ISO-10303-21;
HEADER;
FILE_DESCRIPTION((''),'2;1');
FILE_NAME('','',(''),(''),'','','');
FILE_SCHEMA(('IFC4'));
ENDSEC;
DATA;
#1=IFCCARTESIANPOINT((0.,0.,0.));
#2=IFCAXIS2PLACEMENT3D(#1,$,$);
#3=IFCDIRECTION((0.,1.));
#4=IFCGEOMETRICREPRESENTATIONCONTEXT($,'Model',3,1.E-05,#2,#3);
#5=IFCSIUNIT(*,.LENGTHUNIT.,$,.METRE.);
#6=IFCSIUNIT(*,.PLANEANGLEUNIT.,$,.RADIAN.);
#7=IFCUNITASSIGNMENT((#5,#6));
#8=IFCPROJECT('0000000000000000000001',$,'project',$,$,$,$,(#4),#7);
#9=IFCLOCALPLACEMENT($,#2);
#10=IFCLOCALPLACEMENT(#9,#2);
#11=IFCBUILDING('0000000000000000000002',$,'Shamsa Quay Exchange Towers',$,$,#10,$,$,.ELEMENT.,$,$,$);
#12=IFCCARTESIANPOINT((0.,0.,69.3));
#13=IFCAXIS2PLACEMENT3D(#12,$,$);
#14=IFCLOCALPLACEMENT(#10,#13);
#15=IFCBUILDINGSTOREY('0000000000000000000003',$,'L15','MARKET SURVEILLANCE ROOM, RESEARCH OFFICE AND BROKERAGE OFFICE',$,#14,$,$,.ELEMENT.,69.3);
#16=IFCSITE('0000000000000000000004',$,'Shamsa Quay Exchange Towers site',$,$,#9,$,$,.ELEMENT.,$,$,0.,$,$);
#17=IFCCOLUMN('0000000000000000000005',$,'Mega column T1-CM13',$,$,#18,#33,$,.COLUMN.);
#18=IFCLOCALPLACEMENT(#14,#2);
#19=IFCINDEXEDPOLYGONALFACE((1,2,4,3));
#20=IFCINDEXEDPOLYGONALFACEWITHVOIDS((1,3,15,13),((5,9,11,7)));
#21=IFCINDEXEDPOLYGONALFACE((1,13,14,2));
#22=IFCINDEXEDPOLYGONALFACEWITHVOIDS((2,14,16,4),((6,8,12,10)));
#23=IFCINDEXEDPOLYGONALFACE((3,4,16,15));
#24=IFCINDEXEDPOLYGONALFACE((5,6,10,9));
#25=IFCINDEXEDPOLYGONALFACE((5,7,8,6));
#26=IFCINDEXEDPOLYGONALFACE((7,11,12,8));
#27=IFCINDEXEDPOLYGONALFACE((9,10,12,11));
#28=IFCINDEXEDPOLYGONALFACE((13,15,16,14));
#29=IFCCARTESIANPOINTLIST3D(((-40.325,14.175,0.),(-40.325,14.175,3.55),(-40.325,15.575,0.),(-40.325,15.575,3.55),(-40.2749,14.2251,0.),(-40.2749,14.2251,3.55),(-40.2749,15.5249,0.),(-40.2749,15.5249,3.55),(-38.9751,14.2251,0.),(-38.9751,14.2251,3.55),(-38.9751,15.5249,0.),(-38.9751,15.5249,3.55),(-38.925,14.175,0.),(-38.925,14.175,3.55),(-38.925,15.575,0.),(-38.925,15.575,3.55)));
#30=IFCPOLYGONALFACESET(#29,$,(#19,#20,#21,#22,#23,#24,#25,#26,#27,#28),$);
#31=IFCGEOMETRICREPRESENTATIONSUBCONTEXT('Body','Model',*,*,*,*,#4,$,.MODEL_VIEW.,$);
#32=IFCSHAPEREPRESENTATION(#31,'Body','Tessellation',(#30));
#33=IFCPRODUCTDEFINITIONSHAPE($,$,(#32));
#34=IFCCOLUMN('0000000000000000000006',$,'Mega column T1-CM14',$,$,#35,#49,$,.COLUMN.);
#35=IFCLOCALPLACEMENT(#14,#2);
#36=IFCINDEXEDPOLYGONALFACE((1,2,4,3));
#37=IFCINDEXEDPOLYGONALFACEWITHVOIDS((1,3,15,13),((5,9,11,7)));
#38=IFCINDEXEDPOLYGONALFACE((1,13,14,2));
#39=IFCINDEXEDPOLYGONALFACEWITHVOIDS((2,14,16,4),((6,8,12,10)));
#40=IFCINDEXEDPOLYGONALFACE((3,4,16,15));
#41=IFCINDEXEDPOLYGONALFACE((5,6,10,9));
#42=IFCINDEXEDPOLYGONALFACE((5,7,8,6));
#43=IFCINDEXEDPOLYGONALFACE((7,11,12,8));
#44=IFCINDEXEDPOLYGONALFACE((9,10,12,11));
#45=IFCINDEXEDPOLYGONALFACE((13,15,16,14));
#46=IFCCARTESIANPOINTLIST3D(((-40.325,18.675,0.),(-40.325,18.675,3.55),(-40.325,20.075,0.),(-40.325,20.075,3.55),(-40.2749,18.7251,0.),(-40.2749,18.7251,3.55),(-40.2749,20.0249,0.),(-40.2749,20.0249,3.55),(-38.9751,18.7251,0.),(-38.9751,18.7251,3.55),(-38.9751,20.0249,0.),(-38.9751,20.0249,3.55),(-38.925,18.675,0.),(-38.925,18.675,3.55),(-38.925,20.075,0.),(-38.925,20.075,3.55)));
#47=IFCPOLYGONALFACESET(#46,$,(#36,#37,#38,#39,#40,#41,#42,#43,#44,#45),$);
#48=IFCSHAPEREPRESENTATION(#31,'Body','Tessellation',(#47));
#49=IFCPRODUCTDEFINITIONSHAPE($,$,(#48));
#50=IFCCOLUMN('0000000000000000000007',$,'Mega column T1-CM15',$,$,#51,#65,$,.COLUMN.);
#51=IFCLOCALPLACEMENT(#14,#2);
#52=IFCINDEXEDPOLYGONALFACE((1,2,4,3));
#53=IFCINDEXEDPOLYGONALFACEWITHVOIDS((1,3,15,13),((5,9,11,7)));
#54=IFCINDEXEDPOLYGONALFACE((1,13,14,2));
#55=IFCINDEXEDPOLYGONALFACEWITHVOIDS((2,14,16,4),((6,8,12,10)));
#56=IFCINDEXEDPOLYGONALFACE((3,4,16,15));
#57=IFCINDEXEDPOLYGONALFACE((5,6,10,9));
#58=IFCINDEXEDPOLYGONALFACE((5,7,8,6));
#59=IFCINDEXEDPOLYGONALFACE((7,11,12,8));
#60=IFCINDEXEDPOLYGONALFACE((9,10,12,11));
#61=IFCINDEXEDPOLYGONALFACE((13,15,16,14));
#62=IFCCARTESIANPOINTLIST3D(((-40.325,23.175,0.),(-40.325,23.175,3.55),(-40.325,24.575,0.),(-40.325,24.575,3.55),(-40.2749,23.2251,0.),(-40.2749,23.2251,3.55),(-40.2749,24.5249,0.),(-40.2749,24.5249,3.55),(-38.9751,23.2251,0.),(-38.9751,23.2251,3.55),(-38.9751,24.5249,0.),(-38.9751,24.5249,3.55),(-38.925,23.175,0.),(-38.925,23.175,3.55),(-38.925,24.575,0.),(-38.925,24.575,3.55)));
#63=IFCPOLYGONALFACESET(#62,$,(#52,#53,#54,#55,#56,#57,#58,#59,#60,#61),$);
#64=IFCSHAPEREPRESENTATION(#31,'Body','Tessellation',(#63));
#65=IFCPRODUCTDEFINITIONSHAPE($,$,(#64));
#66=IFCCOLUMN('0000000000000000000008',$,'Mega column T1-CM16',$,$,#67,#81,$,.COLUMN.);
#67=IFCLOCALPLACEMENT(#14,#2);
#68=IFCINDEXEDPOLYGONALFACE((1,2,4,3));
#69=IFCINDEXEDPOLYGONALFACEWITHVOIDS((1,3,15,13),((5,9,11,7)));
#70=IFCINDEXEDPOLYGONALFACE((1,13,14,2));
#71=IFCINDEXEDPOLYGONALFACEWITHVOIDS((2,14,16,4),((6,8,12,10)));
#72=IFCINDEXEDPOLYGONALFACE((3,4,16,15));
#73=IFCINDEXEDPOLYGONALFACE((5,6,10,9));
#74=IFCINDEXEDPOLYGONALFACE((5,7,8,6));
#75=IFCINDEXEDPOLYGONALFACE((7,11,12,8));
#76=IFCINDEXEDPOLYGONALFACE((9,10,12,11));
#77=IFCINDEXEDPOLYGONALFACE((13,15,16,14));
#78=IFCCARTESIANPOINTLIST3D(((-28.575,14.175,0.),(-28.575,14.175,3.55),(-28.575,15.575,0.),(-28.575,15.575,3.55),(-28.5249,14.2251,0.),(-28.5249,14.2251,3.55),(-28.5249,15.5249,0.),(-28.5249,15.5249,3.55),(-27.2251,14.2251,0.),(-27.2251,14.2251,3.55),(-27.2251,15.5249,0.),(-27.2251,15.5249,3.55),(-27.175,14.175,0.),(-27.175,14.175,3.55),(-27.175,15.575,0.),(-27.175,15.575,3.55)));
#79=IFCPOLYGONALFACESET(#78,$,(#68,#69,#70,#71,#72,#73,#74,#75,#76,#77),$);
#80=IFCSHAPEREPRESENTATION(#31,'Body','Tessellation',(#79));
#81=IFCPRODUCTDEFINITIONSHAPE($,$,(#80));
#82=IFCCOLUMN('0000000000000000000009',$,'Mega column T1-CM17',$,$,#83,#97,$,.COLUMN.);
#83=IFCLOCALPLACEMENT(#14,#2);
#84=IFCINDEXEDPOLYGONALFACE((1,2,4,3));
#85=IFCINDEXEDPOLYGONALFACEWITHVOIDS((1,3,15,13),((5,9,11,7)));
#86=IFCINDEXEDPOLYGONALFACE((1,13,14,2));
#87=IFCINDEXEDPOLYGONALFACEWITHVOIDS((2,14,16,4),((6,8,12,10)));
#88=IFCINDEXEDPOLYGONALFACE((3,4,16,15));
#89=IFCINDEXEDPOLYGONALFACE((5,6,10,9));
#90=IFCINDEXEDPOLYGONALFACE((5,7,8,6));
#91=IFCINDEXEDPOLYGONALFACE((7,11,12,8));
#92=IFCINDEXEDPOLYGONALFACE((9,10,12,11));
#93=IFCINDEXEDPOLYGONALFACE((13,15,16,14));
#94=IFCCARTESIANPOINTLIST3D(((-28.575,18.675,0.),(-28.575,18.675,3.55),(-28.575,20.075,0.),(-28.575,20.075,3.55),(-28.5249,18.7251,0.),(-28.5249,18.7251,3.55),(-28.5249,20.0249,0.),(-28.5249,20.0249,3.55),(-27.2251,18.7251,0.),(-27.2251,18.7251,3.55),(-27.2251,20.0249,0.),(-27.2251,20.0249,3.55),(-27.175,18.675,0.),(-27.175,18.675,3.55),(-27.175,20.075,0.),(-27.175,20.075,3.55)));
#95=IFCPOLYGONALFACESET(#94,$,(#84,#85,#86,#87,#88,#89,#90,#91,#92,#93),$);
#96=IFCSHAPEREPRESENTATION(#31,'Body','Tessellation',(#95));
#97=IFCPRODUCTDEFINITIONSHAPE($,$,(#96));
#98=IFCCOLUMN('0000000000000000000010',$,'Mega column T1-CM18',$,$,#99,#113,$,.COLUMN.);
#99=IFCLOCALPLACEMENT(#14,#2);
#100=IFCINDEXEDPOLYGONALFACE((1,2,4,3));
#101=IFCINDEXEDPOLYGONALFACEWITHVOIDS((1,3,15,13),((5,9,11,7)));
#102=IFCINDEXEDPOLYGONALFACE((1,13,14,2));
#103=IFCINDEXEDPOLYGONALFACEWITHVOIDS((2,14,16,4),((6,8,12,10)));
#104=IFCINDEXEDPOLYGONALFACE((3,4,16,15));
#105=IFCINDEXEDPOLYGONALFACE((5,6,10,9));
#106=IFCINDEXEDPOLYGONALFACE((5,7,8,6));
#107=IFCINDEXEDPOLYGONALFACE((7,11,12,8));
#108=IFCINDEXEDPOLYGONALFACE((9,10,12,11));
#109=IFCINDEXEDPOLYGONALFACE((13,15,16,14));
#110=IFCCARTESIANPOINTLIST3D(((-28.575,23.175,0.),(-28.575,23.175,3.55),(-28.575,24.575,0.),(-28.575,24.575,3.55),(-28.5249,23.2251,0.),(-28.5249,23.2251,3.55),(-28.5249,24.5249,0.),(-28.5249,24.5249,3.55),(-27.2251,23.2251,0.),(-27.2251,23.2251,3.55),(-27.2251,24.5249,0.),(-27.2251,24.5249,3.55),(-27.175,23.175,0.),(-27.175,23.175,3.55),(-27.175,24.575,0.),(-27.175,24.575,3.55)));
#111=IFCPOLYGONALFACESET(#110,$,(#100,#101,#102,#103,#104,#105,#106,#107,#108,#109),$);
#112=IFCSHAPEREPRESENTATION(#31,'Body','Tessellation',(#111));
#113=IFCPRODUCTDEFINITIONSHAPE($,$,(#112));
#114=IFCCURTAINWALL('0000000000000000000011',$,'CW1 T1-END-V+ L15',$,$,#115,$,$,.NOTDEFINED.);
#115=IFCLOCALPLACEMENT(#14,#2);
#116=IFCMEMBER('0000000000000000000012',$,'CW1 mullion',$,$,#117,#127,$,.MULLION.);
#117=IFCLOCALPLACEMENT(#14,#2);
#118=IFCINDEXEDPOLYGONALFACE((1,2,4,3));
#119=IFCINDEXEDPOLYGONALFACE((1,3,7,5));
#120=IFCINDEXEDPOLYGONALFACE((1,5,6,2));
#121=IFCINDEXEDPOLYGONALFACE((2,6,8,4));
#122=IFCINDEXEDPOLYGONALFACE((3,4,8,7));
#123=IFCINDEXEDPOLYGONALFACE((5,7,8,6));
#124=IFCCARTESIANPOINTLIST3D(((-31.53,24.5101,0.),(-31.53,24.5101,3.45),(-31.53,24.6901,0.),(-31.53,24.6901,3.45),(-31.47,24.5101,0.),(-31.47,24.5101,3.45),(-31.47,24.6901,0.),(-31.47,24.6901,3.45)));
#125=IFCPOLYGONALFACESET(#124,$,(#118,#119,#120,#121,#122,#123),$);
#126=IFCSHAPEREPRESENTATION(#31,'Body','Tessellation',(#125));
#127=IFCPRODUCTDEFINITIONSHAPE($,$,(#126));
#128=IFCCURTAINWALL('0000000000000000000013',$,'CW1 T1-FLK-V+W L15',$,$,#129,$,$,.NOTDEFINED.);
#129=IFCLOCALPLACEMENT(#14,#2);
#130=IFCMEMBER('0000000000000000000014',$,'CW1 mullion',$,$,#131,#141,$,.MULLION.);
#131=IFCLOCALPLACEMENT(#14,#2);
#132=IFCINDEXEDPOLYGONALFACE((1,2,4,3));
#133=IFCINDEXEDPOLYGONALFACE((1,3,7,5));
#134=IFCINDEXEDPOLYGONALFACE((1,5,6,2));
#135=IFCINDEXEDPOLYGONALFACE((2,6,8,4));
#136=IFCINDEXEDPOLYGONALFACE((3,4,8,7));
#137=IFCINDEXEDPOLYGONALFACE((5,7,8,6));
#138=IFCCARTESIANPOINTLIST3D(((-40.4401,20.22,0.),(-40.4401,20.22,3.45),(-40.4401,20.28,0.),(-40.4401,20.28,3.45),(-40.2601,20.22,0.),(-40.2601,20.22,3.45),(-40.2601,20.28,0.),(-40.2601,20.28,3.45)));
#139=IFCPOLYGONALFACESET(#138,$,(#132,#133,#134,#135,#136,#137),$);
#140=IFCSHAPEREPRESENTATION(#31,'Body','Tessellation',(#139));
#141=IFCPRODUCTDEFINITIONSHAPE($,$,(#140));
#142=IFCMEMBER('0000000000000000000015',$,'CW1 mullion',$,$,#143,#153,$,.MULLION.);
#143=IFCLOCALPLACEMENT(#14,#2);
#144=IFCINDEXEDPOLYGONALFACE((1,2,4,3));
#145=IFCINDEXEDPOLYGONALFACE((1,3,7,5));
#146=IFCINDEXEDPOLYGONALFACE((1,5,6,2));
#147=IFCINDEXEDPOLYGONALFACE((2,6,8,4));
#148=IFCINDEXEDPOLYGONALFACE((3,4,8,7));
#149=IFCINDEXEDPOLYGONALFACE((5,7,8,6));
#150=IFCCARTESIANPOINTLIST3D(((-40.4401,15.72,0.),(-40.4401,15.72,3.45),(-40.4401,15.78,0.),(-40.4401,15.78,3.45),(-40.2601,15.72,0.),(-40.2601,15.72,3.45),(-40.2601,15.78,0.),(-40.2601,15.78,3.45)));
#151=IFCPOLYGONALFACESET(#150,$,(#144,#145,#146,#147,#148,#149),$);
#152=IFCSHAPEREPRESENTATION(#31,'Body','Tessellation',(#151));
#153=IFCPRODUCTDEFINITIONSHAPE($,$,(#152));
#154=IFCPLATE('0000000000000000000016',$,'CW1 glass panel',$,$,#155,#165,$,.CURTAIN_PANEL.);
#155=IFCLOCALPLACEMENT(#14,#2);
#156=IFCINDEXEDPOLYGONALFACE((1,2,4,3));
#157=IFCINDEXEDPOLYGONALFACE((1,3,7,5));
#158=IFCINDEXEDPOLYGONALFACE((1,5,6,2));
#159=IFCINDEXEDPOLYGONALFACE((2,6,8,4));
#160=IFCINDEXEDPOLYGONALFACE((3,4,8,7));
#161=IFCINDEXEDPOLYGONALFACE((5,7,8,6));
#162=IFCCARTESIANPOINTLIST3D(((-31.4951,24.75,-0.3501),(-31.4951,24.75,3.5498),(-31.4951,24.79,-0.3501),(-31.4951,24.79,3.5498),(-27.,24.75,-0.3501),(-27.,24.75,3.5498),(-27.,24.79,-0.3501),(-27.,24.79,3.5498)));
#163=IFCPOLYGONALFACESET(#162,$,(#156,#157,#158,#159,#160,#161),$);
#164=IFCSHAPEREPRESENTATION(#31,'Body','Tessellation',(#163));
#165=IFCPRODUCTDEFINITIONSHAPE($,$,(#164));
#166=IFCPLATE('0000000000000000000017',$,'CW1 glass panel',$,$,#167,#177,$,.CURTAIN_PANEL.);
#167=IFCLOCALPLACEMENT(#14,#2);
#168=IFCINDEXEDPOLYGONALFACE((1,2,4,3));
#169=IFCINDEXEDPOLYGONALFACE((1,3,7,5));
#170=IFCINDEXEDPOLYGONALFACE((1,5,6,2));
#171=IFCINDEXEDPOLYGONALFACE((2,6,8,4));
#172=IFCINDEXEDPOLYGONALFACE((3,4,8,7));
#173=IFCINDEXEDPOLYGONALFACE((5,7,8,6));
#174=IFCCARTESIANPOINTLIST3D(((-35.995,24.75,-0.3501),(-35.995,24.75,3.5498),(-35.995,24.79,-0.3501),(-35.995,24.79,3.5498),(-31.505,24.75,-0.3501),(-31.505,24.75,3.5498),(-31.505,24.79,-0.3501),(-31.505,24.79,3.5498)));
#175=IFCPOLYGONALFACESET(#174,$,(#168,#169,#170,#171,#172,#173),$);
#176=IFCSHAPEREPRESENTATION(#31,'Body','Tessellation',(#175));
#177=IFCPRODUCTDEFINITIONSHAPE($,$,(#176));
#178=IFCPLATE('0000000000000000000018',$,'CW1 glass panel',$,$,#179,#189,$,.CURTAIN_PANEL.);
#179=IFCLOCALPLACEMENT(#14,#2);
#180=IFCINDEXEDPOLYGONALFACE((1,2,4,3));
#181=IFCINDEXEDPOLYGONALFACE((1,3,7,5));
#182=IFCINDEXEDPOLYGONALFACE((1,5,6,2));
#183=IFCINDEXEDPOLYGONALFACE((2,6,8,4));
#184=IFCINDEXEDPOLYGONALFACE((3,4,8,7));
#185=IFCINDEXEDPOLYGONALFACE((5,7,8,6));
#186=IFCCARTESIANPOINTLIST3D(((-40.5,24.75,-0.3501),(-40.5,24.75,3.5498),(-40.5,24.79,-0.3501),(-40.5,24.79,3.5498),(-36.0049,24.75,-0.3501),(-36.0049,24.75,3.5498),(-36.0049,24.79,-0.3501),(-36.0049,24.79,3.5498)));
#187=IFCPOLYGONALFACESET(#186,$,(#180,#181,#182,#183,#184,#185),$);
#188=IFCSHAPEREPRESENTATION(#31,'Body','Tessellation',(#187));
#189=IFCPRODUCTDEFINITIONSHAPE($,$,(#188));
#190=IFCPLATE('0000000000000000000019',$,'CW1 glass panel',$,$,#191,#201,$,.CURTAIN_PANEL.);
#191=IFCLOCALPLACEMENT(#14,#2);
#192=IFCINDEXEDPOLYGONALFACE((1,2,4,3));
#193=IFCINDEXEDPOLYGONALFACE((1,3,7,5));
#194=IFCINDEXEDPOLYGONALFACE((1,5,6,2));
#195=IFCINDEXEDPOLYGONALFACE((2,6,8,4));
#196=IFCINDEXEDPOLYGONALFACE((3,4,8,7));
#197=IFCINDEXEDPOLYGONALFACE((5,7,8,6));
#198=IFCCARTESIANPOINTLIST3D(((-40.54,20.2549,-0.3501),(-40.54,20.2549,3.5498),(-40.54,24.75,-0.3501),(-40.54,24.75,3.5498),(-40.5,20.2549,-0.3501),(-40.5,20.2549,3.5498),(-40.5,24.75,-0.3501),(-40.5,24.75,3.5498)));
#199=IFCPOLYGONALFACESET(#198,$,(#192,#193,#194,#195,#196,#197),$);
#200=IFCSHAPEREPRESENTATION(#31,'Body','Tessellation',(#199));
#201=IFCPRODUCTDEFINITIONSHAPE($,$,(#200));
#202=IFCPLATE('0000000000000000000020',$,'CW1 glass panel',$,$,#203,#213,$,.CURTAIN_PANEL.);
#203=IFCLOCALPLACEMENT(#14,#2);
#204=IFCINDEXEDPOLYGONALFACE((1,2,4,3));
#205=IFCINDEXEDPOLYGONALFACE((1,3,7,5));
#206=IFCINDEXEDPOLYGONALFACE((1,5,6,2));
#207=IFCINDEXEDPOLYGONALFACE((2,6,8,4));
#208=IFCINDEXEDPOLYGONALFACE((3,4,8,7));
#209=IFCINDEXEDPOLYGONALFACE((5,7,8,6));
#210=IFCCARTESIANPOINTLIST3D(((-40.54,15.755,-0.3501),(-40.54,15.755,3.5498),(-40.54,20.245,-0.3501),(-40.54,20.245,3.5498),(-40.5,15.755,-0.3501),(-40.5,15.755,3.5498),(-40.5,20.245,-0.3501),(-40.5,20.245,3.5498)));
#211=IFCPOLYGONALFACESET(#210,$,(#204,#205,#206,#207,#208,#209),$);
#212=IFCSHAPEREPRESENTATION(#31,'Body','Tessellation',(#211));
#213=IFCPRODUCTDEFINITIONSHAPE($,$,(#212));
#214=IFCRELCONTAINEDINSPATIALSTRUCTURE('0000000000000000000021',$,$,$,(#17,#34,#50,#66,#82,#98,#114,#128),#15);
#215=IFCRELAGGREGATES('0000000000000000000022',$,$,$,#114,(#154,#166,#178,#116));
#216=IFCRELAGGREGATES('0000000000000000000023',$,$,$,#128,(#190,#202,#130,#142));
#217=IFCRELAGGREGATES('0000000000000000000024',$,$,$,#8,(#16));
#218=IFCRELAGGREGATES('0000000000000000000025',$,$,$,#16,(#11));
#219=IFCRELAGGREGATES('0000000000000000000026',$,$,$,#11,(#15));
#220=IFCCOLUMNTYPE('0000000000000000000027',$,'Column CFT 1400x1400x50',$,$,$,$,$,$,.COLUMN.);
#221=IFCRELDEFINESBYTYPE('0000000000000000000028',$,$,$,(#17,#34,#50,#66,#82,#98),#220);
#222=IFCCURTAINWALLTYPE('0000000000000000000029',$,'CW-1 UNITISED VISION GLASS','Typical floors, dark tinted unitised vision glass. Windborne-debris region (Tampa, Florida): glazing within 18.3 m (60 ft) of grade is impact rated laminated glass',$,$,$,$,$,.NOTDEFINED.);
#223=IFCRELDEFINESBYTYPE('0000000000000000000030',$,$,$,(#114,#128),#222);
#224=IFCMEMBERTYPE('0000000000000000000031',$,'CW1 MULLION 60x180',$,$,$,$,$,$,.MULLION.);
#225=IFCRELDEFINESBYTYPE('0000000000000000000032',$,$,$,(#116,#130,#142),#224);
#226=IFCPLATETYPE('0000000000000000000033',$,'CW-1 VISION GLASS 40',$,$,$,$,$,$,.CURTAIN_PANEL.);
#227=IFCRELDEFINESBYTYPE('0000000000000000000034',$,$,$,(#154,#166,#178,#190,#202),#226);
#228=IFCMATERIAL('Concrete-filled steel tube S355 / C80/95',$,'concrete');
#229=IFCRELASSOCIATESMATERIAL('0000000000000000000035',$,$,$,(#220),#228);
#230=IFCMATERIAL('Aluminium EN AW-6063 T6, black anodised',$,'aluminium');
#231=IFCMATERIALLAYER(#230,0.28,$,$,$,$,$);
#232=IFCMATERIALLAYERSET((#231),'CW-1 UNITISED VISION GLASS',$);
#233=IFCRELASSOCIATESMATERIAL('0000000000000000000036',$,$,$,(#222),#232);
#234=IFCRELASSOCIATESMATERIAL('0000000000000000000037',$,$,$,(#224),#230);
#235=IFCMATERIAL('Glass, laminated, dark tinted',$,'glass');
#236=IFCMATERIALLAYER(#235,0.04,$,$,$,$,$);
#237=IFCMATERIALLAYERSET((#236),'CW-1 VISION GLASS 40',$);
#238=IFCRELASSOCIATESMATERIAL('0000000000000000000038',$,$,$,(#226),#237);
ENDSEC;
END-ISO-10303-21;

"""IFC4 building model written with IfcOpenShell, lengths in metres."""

from ifc_helpers import new_model, si_unit, direction, frame, origin, origin_2d, place, context, subcontext, project, spatial, rectangle, hollow_rectangle, extrude, material, layer, layer_set, material_profile, profile_set, type_object, element, aggregate, save


model = new_model("IFC4")

# Units and contexts
model_context = context("Model", 3, precision=1e-05, world=origin(), true_north=direction((0.0, 1.0)))
body_context = subcontext(model_context, "Body", "Model", "MODEL_VIEW")
ifc_project = project(units=[si_unit("LENGTHUNIT", "METRE"), si_unit("PLANEANGLEUNIT", "RADIAN")], contexts=[model_context])

# Site, building, storey
site_placement = place(None, origin())
site = spatial("IfcSite", under=ifc_project, at=site_placement, Name="Shamsa Quay Exchange Towers site", CompositionType="ELEMENT", RefElevation=0.0)
building_placement = place(site_placement, origin())
building = spatial("IfcBuilding", under=site, at=building_placement, Name="Shamsa Quay Exchange Towers", CompositionType="ELEMENT")
storey_placement = place(building_placement, frame((0.0, 0.0, 69.3)))
storey = spatial("IfcBuildingStorey", under=building, at=storey_placement, Name="L15", Description="MARKET SURVEILLANCE ROOM, RESEARCH OFFICE AND BROKERAGE OFFICE", CompositionType="ELEMENT", Elevation=69.3)

# Columns
ifc_material_1 = material(Name="Concrete-filled steel tube S355 / C80/95", Category="concrete")
ifc_material_profile_1 = material_profile(ifc_material_1, hollow_rectangle(XDim=1.3999, YDim=1.3999, WallThickness=0.05, at=origin_2d()), Name="CFT 1400x1400x50")
ifc_profile_set_1 = profile_set([ifc_material_profile_1], Name="Concrete-filled steel tube S355 / C80/95")
column_type = type_object("IfcColumnType", Name="Column CFT 1400x1400x50", PredefinedType="COLUMN", material=ifc_profile_set_1)
for number, where, name in (
    (1, (-39.625, 14.875, 0.0), "Mega column T1-CM13"),
    (2, (-39.625, 19.375, 0.0), "Mega column T1-CM14"),
    (3, (-39.625, 23.875, 0.0), "Mega column T1-CM15"),
    (4, (-27.875, 14.875, 0.0), "Mega column T1-CM16"),
    (5, (-27.875, 19.375, 0.0), "Mega column T1-CM17"),
    (6, (-27.875, 23.875, 0.0), "Mega column T1-CM18"),
):
    element("IfcColumn", number, at=place(storey_placement, frame(where)), inside=storey, type_object=column_type, Name=name, PredefinedType="COLUMN", context=body_context, shape_type="SweptSolid", body=[
        extrude(hollow_rectangle(XDim=1.3999, YDim=1.3999, WallThickness=0.05, at=origin_2d()), origin(), (0.0, 0.0, 1.0), 3.55),
    ])

# Curtain wall, member
ifc_material_2 = material(Name="Aluminium EN AW-6063 T6, black anodised", Category="aluminium")
ifc_layer_1 = layer(ifc_material_2, 0.28)
ifc_layer_set_1 = layer_set([ifc_layer_1], Name="CW-1 UNITISED VISION GLASS")
curtain_wall_type = type_object("IfcCurtainWallType", Name="CW-1 UNITISED VISION GLASS", Description="Typical floors, dark tinted unitised vision glass. Windborne-debris region (Tampa, Florida): glazing within 18.3 m (60 ft) of grade is impact rated laminated glass", PredefinedType="NOTDEFINED", material=ifc_layer_set_1)
curtain_wall_1_placement = place(storey_placement, origin())
curtain_wall_1 = element("IfcCurtainWall", 7, at=curtain_wall_1_placement, inside=storey, type_object=curtain_wall_type, Name="CW1 T1-END-V+ L15", PredefinedType="NOTDEFINED")
ifc_material_profile_2 = material_profile(ifc_material_2, rectangle(XDim=0.1799, YDim=0.0601, at=origin_2d()), Name="MU60x180")
ifc_profile_set_2 = profile_set([ifc_material_profile_2], Name="Aluminium EN AW-6063 T6, black anodised")
member_type = type_object("IfcMemberType", Name="CW1 MULLION 60x180", PredefinedType="MULLION", material=ifc_profile_set_2)
member_1_placement = place(storey_placement, frame((-31.5, 24.6001, 0.0), z_axis=(0.0, 0.0, 1.0), x_axis=(0.0, -1.0, 0.0)))
member_1 = element("IfcMember", 8, at=member_1_placement, type_object=member_type, Name="CW1 mullion", PredefinedType="MULLION", context=body_context, shape_type="SweptSolid", body=[
    extrude(rectangle(XDim=0.1799, YDim=0.0601, at=origin_2d()), origin(), (0.0, 0.0, 1.0), 3.45),
])

# Curtain wall, members
curtain_wall_2_placement = place(storey_placement, origin())
curtain_wall_2 = element("IfcCurtainWall", 9, at=curtain_wall_2_placement, inside=storey, type_object=curtain_wall_type, Name="CW1 T1-FLK-V+W L15", PredefinedType="NOTDEFINED")
member_2_placement = place(storey_placement, frame((-40.3501, 20.25, 0.0)))
member_2 = element("IfcMember", 10, at=member_2_placement, type_object=member_type, Name="CW1 mullion", PredefinedType="MULLION", context=body_context, shape_type="SweptSolid", body=[
    extrude(rectangle(XDim=0.1799, YDim=0.0601, at=origin_2d()), origin(), (0.0, 0.0, 1.0), 3.45),
])
member_3_placement = place(storey_placement, frame((-40.3501, 15.75, 0.0)))
member_3 = element("IfcMember", 11, at=member_3_placement, type_object=member_type, Name="CW1 mullion", PredefinedType="MULLION", context=body_context, shape_type="SweptSolid", body=[
    extrude(rectangle(XDim=0.1799, YDim=0.0601, at=origin_2d()), origin(), (0.0, 0.0, 1.0), 3.45),
])

# Plates
ifc_material_3 = material(Name="Glass, laminated, dark tinted", Category="glass")
ifc_layer_2 = layer(ifc_material_3, 0.04)
ifc_layer_set_2 = layer_set([ifc_layer_2], Name="CW-1 VISION GLASS 40")
plate_type = type_object("IfcPlateType", Name="CW-1 VISION GLASS 40", PredefinedType="CURTAIN_PANEL", material=ifc_layer_set_2)
plate_1_placement = place(storey_placement, frame((-29.2476, 24.77, -0.3501), z_axis=(0.0, 0.0, 1.0), x_axis=(-1.0, 0.0, 0.0)))
plate_1 = element("IfcPlate", 12, at=plate_1_placement, type_object=plate_type, Name="CW1 glass panel", PredefinedType="CURTAIN_PANEL", context=body_context, shape_type="SweptSolid", body=[
    extrude(rectangle(XDim=4.4951, YDim=0.04, at=origin_2d()), origin(), (0.0, 0.0, 1.0), 3.8999),
])
plate_2_placement = place(storey_placement, frame((-33.75, 24.77, -0.3501), z_axis=(0.0, 0.0, 1.0), x_axis=(-1.0, 0.0, 0.0)))
plate_2 = element("IfcPlate", 13, at=plate_2_placement, type_object=plate_type, Name="CW1 glass panel", PredefinedType="CURTAIN_PANEL", context=body_context, shape_type="SweptSolid", body=[
    extrude(rectangle(XDim=4.49, YDim=0.04, at=origin_2d()), origin(), (0.0, 0.0, 1.0), 3.8999),
])
plate_3_placement = place(storey_placement, frame((-38.2524, 24.77, -0.3501), z_axis=(0.0, 0.0, 1.0), x_axis=(-1.0, 0.0, 0.0)))
plate_3 = element("IfcPlate", 14, at=plate_3_placement, type_object=plate_type, Name="CW1 glass panel", PredefinedType="CURTAIN_PANEL", context=body_context, shape_type="SweptSolid", body=[
    extrude(rectangle(XDim=4.4951, YDim=0.04, at=origin_2d()), origin(), (0.0, 0.0, 1.0), 3.8999),
])
aggregate(curtain_wall_1, [plate_1, plate_2, plate_3, member_1])
plate_4_placement = place(storey_placement, frame((-40.52, 22.5024, -0.3501), z_axis=(0.0, 0.0, 1.0), x_axis=(0.0, -1.0, 0.0)))
plate_4 = element("IfcPlate", 15, at=plate_4_placement, type_object=plate_type, Name="CW1 glass panel", PredefinedType="CURTAIN_PANEL", context=body_context, shape_type="SweptSolid", body=[
    extrude(rectangle(XDim=4.4951, YDim=0.04, at=origin_2d()), origin(), (0.0, 0.0, 1.0), 3.8999),
])
plate_5_placement = place(storey_placement, frame((-40.52, 18.0, -0.3501), z_axis=(0.0, 0.0, 1.0), x_axis=(0.0, -1.0, 0.0)))
plate_5 = element("IfcPlate", 16, at=plate_5_placement, type_object=plate_type, Name="CW1 glass panel", PredefinedType="CURTAIN_PANEL", context=body_context, shape_type="SweptSolid", body=[
    extrude(rectangle(XDim=4.49, YDim=0.04, at=origin_2d()), origin(), (0.0, 0.0, 1.0), 3.8999),
])
aggregate(curtain_wall_2, [plate_4, plate_5, member_2, member_3])

save(model, "model.ifc")
